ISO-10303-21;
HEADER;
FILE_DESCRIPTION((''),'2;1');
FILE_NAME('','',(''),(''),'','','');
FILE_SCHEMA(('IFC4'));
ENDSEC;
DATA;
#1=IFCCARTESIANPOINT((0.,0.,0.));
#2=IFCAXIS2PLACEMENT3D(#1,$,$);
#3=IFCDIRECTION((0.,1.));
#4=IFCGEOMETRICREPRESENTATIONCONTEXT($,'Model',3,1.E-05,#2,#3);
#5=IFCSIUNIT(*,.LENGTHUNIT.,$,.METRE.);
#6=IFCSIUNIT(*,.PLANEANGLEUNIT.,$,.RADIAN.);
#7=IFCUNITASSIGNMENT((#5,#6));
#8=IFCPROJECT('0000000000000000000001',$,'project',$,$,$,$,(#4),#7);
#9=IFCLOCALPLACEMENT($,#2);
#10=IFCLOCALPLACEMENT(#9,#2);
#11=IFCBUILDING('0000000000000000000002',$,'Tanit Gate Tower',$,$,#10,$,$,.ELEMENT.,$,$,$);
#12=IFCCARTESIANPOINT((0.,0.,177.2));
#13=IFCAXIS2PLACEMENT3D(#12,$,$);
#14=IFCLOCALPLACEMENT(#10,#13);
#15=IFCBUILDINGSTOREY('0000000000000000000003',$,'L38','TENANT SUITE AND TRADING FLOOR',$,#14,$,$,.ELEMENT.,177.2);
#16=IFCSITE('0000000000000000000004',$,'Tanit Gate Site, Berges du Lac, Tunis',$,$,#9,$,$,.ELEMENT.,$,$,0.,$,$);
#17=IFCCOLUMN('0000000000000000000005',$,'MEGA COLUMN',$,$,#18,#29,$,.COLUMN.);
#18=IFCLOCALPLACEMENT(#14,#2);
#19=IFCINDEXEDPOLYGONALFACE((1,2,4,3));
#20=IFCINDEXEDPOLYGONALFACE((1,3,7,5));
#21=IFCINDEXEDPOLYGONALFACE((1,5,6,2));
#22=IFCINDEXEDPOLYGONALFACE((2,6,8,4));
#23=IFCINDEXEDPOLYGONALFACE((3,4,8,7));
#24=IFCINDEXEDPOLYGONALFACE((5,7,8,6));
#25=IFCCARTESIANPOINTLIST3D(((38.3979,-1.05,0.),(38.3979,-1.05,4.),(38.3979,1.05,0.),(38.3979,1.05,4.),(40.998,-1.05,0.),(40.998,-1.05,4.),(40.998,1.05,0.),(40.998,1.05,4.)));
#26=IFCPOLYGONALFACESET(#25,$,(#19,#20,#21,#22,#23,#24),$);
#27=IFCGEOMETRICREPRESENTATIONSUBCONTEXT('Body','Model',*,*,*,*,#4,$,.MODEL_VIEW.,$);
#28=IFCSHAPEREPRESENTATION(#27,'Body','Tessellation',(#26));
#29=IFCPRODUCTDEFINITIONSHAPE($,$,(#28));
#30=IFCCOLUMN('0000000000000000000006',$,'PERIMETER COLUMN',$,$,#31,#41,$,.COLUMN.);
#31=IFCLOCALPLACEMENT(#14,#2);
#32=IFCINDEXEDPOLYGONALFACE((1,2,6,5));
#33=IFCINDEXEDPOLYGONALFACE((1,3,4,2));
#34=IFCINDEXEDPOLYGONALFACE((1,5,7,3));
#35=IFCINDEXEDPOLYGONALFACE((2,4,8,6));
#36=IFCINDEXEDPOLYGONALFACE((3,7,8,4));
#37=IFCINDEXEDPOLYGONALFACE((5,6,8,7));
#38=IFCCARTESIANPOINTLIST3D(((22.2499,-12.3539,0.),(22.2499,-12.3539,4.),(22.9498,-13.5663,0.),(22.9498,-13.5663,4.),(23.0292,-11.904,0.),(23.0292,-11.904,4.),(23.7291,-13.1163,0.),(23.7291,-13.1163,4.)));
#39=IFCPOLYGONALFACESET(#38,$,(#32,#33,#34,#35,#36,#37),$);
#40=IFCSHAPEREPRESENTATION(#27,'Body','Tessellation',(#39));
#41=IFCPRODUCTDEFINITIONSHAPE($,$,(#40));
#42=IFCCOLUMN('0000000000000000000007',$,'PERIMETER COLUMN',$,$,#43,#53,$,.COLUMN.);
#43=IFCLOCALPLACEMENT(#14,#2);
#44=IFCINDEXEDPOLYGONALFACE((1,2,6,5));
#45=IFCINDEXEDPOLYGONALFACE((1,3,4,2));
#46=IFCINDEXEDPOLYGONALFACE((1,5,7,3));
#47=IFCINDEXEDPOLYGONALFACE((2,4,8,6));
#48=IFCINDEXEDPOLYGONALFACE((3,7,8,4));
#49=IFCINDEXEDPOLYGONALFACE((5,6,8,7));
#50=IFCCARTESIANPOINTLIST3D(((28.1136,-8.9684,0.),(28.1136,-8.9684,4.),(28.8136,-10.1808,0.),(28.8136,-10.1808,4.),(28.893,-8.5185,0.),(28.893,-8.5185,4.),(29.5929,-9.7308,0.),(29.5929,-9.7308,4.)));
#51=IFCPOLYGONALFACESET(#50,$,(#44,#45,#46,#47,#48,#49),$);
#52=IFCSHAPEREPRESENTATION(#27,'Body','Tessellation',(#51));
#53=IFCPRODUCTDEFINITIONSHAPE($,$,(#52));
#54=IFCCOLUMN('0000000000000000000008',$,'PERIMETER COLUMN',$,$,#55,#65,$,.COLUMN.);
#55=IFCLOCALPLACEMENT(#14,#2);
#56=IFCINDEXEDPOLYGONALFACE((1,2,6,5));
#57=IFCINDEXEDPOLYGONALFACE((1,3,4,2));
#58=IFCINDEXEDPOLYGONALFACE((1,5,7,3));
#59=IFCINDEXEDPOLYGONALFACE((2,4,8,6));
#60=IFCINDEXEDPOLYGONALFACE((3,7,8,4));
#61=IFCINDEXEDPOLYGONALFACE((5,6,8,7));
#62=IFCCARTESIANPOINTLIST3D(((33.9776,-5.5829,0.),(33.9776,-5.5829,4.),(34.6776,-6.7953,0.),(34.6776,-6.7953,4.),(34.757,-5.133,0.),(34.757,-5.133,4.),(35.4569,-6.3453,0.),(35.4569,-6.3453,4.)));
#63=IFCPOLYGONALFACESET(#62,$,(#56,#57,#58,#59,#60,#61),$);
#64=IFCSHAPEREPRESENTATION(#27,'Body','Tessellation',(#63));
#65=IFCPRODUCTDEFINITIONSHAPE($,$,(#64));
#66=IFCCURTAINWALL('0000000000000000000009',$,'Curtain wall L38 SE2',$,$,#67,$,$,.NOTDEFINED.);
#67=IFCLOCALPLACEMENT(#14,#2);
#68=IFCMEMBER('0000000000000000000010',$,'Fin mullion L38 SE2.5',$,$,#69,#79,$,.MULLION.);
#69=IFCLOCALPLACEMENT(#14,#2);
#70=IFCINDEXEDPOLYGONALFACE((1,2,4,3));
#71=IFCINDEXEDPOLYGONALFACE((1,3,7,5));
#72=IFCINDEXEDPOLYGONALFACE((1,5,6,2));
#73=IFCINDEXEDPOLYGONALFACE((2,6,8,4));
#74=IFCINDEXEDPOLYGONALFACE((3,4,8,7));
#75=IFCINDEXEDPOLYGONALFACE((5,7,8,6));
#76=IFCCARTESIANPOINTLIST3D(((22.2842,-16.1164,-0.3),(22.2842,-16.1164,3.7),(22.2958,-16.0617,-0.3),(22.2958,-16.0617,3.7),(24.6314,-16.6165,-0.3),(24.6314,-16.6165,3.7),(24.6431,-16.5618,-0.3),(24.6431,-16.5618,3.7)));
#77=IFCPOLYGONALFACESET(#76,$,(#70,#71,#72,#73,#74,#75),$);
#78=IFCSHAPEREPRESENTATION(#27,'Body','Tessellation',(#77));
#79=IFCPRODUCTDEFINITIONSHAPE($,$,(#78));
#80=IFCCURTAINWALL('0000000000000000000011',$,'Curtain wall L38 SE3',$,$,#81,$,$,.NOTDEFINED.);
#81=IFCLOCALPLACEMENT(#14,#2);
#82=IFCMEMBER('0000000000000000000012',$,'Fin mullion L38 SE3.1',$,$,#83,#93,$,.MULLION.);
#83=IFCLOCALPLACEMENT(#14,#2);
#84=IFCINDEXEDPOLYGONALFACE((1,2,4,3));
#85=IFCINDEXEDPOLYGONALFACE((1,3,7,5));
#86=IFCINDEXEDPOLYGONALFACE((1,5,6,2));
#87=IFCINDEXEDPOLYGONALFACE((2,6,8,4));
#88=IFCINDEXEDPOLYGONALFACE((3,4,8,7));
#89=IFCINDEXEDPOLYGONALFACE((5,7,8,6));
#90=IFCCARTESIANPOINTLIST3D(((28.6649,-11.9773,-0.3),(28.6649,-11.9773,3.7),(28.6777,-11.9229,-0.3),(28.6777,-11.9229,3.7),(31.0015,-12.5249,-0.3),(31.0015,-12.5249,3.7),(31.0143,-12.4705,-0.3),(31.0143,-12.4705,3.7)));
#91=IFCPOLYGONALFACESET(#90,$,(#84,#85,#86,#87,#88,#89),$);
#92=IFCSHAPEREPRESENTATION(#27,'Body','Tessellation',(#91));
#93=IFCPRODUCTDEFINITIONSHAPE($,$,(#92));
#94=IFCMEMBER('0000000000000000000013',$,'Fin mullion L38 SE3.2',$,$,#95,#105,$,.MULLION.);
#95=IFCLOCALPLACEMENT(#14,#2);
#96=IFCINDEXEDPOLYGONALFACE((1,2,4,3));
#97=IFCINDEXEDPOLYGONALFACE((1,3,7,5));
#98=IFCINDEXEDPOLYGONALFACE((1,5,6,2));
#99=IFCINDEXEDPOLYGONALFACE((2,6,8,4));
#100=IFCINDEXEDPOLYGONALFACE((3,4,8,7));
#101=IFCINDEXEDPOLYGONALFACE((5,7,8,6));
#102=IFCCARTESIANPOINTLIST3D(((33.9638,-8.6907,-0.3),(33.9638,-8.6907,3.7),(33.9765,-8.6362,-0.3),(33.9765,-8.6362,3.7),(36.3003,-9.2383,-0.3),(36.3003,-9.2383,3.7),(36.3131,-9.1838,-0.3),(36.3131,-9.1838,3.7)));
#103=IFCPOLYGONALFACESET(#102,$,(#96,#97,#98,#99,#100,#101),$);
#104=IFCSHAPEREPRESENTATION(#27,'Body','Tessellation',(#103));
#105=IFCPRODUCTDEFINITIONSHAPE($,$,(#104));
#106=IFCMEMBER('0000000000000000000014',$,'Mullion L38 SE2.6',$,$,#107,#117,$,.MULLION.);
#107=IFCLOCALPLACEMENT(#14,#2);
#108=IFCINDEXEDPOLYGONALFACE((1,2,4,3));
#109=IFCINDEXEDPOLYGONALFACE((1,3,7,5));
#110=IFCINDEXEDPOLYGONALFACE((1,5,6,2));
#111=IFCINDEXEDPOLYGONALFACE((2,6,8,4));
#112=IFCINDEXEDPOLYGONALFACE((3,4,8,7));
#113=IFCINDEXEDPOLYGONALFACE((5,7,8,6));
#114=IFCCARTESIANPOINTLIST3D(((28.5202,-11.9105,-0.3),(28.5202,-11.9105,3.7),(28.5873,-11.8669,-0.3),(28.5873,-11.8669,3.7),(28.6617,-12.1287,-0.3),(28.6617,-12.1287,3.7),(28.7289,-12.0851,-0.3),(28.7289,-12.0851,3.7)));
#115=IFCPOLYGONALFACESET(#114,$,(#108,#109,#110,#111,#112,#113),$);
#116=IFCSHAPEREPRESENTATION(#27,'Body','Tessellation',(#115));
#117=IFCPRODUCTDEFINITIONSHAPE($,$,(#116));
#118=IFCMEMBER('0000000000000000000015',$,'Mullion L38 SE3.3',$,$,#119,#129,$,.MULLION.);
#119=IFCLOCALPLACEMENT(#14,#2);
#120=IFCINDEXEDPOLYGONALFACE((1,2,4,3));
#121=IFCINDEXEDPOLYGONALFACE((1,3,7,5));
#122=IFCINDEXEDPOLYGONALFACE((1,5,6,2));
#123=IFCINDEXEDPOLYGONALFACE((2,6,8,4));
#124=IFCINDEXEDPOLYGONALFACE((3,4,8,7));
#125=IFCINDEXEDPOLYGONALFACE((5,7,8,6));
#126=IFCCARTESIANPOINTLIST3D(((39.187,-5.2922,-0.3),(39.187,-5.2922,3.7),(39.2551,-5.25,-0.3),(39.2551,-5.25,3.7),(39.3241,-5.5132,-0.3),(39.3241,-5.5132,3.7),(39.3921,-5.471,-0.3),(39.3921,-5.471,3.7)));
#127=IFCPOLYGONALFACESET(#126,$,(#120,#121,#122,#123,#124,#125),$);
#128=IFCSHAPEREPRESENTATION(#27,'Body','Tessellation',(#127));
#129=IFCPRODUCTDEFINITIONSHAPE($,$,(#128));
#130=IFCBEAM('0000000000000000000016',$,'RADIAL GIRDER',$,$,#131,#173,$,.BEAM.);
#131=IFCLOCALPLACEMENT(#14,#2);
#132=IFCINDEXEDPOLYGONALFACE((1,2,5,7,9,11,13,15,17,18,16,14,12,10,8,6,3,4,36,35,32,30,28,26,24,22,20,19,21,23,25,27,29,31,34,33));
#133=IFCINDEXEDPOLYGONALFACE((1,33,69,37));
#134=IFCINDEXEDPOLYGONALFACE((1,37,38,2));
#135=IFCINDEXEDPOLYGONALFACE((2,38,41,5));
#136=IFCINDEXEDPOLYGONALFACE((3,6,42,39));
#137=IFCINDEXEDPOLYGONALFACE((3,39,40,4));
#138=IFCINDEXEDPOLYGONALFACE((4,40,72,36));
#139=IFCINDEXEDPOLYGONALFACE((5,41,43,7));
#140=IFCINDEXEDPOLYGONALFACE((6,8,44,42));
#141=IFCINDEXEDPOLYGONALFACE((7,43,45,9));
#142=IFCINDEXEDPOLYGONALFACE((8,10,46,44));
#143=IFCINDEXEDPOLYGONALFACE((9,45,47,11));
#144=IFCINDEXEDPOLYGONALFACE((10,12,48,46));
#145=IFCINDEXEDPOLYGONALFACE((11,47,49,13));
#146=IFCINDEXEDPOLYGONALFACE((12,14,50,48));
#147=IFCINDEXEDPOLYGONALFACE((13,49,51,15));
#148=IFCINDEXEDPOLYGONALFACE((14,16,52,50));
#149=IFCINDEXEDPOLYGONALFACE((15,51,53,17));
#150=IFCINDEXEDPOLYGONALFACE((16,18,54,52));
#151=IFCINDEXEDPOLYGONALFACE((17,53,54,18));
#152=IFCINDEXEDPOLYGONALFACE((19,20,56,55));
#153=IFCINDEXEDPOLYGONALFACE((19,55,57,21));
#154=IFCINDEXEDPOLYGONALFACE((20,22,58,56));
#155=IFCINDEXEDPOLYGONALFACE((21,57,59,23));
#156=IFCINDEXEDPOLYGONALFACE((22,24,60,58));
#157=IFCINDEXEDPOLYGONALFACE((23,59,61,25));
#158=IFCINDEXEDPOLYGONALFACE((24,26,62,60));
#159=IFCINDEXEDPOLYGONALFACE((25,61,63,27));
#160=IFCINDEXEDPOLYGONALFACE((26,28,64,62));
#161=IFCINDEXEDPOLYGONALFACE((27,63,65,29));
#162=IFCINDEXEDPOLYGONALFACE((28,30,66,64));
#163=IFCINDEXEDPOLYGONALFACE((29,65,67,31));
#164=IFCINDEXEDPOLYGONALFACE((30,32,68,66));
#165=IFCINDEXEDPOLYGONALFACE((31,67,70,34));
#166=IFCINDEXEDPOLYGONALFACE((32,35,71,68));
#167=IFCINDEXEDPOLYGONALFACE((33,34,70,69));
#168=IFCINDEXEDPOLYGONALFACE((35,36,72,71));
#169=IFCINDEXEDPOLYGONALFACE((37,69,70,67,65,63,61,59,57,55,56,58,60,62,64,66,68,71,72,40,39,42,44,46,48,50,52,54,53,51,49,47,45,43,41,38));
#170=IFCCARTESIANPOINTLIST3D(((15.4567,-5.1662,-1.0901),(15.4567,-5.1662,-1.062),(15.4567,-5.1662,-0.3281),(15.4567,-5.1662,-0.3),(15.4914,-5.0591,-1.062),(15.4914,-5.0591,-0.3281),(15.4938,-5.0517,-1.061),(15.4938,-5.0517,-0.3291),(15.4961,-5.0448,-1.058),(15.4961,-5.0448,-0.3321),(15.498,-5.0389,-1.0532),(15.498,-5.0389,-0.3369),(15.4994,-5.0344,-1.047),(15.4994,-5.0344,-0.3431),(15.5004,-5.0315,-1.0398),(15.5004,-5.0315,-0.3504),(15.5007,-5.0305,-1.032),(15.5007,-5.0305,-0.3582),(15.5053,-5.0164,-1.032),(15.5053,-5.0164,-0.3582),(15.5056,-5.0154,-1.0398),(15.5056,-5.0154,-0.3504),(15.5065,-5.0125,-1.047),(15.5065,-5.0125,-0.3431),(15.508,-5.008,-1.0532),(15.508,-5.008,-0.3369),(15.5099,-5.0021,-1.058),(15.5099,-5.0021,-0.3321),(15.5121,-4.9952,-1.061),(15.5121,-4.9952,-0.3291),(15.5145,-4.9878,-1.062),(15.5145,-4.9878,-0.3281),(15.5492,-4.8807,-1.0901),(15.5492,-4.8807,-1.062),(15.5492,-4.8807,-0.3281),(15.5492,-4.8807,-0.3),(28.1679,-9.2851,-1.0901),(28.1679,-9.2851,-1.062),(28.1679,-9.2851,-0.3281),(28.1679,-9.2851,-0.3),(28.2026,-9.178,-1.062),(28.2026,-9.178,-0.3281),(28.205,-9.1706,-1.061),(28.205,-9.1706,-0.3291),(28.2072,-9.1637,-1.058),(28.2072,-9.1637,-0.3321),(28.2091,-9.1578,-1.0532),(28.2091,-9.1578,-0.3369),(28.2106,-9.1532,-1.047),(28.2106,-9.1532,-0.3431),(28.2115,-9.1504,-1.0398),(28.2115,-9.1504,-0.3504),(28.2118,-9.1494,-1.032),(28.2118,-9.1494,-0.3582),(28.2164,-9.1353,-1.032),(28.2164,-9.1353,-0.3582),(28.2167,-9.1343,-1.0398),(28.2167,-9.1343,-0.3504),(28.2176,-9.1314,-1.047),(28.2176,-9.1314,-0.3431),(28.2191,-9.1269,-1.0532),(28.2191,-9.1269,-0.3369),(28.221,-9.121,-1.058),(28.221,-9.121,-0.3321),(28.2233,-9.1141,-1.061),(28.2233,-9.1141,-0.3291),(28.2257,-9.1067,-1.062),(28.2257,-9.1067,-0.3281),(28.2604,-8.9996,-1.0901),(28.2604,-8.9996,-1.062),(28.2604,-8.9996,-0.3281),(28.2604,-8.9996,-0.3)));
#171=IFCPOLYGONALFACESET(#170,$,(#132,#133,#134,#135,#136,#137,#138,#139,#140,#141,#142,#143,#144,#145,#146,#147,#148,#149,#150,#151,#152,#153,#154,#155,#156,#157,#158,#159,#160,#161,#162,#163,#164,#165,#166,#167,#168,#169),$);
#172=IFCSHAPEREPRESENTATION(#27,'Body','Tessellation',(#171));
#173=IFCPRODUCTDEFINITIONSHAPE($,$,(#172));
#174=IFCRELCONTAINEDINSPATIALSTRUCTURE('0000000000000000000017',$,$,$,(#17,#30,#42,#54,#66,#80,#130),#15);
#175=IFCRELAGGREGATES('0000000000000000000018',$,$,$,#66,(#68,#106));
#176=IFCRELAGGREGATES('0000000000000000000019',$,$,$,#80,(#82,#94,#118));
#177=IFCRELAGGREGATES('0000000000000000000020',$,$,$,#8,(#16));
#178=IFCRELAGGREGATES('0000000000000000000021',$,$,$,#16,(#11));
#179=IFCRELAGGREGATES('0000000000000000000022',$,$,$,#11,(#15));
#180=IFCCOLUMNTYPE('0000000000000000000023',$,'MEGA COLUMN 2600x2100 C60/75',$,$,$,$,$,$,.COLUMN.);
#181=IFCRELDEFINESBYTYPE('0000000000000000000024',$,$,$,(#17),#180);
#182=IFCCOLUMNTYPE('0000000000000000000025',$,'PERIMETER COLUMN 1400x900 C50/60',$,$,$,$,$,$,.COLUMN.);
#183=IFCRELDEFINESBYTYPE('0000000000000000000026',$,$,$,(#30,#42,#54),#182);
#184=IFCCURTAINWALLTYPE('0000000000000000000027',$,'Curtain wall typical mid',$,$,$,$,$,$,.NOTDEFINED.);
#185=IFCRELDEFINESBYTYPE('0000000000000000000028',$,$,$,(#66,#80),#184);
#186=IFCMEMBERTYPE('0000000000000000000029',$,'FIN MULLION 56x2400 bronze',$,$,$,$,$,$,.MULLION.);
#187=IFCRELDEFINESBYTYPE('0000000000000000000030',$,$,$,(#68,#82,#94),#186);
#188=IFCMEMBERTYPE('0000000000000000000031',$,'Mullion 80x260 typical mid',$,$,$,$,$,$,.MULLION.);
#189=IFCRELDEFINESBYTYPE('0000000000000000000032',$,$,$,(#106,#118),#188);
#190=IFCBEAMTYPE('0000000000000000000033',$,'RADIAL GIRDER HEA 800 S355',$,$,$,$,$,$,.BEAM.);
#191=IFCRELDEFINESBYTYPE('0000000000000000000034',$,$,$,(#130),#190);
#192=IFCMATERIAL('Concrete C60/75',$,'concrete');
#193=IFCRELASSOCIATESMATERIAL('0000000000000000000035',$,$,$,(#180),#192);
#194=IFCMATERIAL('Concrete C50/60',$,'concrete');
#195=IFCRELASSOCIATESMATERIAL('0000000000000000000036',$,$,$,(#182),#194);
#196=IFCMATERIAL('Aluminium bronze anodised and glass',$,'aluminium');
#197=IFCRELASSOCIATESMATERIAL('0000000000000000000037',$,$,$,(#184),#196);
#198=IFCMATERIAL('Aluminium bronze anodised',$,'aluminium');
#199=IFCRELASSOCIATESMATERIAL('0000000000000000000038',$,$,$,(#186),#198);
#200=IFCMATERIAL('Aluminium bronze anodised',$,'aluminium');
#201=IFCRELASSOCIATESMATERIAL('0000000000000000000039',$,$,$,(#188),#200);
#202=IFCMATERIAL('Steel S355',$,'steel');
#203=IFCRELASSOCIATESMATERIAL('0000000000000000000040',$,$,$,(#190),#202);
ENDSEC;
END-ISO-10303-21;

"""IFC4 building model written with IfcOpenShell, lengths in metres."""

from ifc_helpers import new_model, si_unit, direction, frame, origin, origin_2d, place, context, subcontext, project, spatial, rectangle, i_section, extrude, material, material_profile, profile_set, type_object, element, aggregate, save


model = new_model("IFC4")

# Units and contexts
model_context = context("Model", 3, precision=1e-05, world=origin(), true_north=direction((0.0, 1.0)))
body_context = subcontext(model_context, "Body", "Model", "MODEL_VIEW")
ifc_project = project(units=[si_unit("LENGTHUNIT", "METRE"), si_unit("PLANEANGLEUNIT", "RADIAN")], contexts=[model_context])

# Site, building, storey
site_placement = place(None, origin())
site = spatial("IfcSite", under=ifc_project, at=site_placement, Name="Tanit Gate Site, Berges du Lac, Tunis", CompositionType="ELEMENT", RefElevation=0.0)
building_placement = place(site_placement, origin())
building = spatial("IfcBuilding", under=site, at=building_placement, Name="Tanit Gate Tower", CompositionType="ELEMENT")
storey_placement = place(building_placement, frame((0.0, 0.0, 177.2)))
storey = spatial("IfcBuildingStorey", under=building, at=storey_placement, Name="L38", Description="TENANT SUITE AND TRADING FLOOR", CompositionType="ELEMENT", Elevation=177.2)

# Columns
ifc_material_1 = material(Name="Concrete C60/75", Category="concrete")
ifc_material_profile_1 = material_profile(ifc_material_1, rectangle(XDim=2.6001, YDim=2.1001, at=origin_2d()), Name="RC 2600x2100")
ifc_profile_set_1 = profile_set([ifc_material_profile_1], Name="Concrete C60/75")
column_type_1 = type_object("IfcColumnType", Name="MEGA COLUMN 2600x2100 C60/75", PredefinedType="COLUMN", material=ifc_profile_set_1)
column_placement = place(storey_placement, frame((39.698, 0.0, 0.0), z_axis=(0.0, 0.0, 1.0), x_axis=(1.0, 0.0, 0.0)))
element("IfcColumn", 1, at=column_placement, inside=storey, type_object=column_type_1, Name="MEGA COLUMN", PredefinedType="COLUMN", context=body_context, shape_type="SweptSolid", body=[
    extrude(rectangle(XDim=2.6001, YDim=2.1001, at=origin_2d()), origin(), (0.0, 0.0, 1.0), 4.0),
])
ifc_material_2 = material(Name="Concrete C50/60", Category="concrete")
ifc_material_profile_2 = material_profile(ifc_material_2, rectangle(XDim=1.3999, YDim=0.8999, at=origin_2d()), Name="RC 1400x900")
ifc_profile_set_2 = profile_set([ifc_material_profile_2], Name="Concrete C50/60")
column_type_2 = type_object("IfcColumnType", Name="PERIMETER COLUMN 1400x900 C50/60", PredefinedType="COLUMN", material=ifc_profile_set_2)
for number, where, z_axis, x_axis, name in (
    (2, (22.9895, -12.7351, 0.0), (0.0, 0.0, 1.0), (0.5, -0.866025, 0.0), "PERIMETER COLUMN"),
    (3, (28.8533, -9.3496, 0.0), (0.0, 0.0, 1.0), (0.5, -0.866025, 0.0), "PERIMETER COLUMN"),
    (4, (34.7173, -5.9641, 0.0), (0.0, 0.0, 1.0), (0.5, -0.866025, 0.0), "PERIMETER COLUMN"),
):
    element("IfcColumn", number, at=place(storey_placement, frame(where, z_axis=z_axis, x_axis=x_axis)), inside=storey, type_object=column_type_2, Name=name, PredefinedType="COLUMN", context=body_context, shape_type="SweptSolid", body=[
        extrude(rectangle(XDim=1.3999, YDim=0.8999, at=origin_2d()), origin(), (0.0, 0.0, 1.0), 4.0),
    ])

# Curtain wall, member
ifc_material_3 = material(Name="Aluminium bronze anodised and glass", Category="aluminium")
curtain_wall_type = type_object("IfcCurtainWallType", Name="Curtain wall typical mid", PredefinedType="NOTDEFINED", material=ifc_material_3)
curtain_wall_1_placement = place(storey_placement, origin())
curtain_wall_1 = element("IfcCurtainWall", 5, at=curtain_wall_1_placement, inside=storey, type_object=curtain_wall_type, Name="Curtain wall L38 SE2", PredefinedType="NOTDEFINED")
ifc_material_4 = material(Name="Aluminium bronze anodised", Category="aluminium")
ifc_material_profile_3 = material_profile(ifc_material_4, rectangle(XDim=2.3999, YDim=0.0559, at=origin_2d()), Name="56x2400 bronze fin mullion")
ifc_profile_set_3 = profile_set([ifc_material_profile_3], Name="Aluminium bronze anodised")
member_type_1 = type_object("IfcMemberType", Name="FIN MULLION 56x2400 bronze", PredefinedType="MULLION", material=ifc_profile_set_3)
member_1_placement = place(storey_placement, frame((23.4636, -16.3391, -0.3), z_axis=(0.0, 0.0, 1.0), x_axis=(-0.978049, 0.208373, 0.0)))
member_1 = element("IfcMember", 6, at=member_1_placement, type_object=member_type_1, Name="Fin mullion L38 SE2.5", PredefinedType="MULLION", context=body_context, shape_type="SweptSolid", body=[
    extrude(rectangle(XDim=2.3999, YDim=0.0559, at=origin_2d()), origin(), (0.0, 0.0, 1.0), 4.0),
])

# Curtain wall, members
curtain_wall_2_placement = place(storey_placement, origin())
curtain_wall_2 = element("IfcCurtainWall", 7, at=curtain_wall_2_placement, inside=storey, type_object=curtain_wall_type, Name="Curtain wall L38 SE3", PredefinedType="NOTDEFINED")
member_2_placement = place(storey_placement, frame((29.8396, -12.2239, -0.3), z_axis=(0.0, 0.0, 1.0), x_axis=(-0.973618, 0.228184, 0.0)))
member_2 = element("IfcMember", 8, at=member_2_placement, type_object=member_type_1, Name="Fin mullion L38 SE3.1", PredefinedType="MULLION", context=body_context, shape_type="SweptSolid", body=[
    extrude(rectangle(XDim=2.3999, YDim=0.0559, at=origin_2d()), origin(), (0.0, 0.0, 1.0), 4.0),
])
member_3_placement = place(storey_placement, frame((35.1384, -8.9373, -0.3), z_axis=(0.0, 0.0, 1.0), x_axis=(-0.973618, 0.228184, 0.0)))
member_3 = element("IfcMember", 9, at=member_3_placement, type_object=member_type_1, Name="Fin mullion L38 SE3.2", PredefinedType="MULLION", context=body_context, shape_type="SweptSolid", body=[
    extrude(rectangle(XDim=2.3999, YDim=0.0559, at=origin_2d()), origin(), (0.0, 0.0, 1.0), 4.0),
])

# Members
ifc_material_5 = material(Name="Aluminium bronze anodised", Category="aluminium")
ifc_material_profile_4 = material_profile(ifc_material_5, rectangle(XDim=0.26, YDim=0.0801, at=origin_2d()), Name="80x260 bronze mullion")
ifc_profile_set_4 = profile_set([ifc_material_profile_4], Name="Aluminium bronze anodised")
member_type_2 = type_object("IfcMemberType", Name="Mullion 80x260 typical mid", PredefinedType="MULLION", material=ifc_profile_set_4)
member_4_placement = place(storey_placement, frame((28.6245, -11.9978, -0.3), z_axis=(0.0, 0.0, 1.0), x_axis=(-0.544243, 0.838927, 0.0)))
member_4 = element("IfcMember", 10, at=member_4_placement, type_object=member_type_2, Name="Mullion L38 SE2.6", PredefinedType="MULLION", context=body_context, shape_type="SweptSolid", body=[
    extrude(rectangle(XDim=0.26, YDim=0.0801, at=origin_2d()), origin(), (0.0, 0.0, 1.0), 4.0),
])
member_5_placement = place(storey_placement, frame((39.2896, -5.3816, -0.3), z_axis=(0.0, 0.0, 1.0), x_axis=(-0.527102, 0.849802, 0.0)))
member_5 = element("IfcMember", 11, at=member_5_placement, type_object=member_type_2, Name="Mullion L38 SE3.3", PredefinedType="MULLION", context=body_context, shape_type="SweptSolid", body=[
    extrude(rectangle(XDim=0.26, YDim=0.0801, at=origin_2d()), origin(), (0.0, 0.0, 1.0), 4.0),
])

# Beam
ifc_material_6 = material(Name="Steel S355", Category="steel")
ifc_material_profile_5 = material_profile(ifc_material_6, i_section(OverallWidth=0.3, OverallDepth=0.79, WebThickness=0.0149, FlangeThickness=0.0281, FilletRadius=0.03, at=origin_2d()), Name="HEA 800")
ifc_profile_set_5 = profile_set([ifc_material_profile_5], Name="Steel S355")
beam_type_1 = type_object("IfcBeamType", Name="RADIAL GIRDER HEA 800 S355", PredefinedType="BEAM", material=ifc_profile_set_5)
beam_1_placement = place(storey_placement, frame((28.2141, -9.1423, -0.6951), z_axis=(-0.951303, 0.308258, 0.0), x_axis=(-0.308258, -0.951303, 0.0)))
element("IfcBeam", 12, at=beam_1_placement, inside=storey, type_object=beam_type_1, Name="RADIAL GIRDER", PredefinedType="BEAM", context=body_context, shape_type="SweptSolid", body=[
    extrude(i_section(OverallWidth=0.3, OverallDepth=0.79, WebThickness=0.0149, FlangeThickness=0.0281, FilletRadius=0.03, at=origin_2d()), origin(), (0.0, 0.0, 1.0), 13.3618),
])

aggregate(curtain_wall_1, [member_1, member_4])
aggregate(curtain_wall_2, [member_2, member_3, member_5])

save(model, "model.ifc")
